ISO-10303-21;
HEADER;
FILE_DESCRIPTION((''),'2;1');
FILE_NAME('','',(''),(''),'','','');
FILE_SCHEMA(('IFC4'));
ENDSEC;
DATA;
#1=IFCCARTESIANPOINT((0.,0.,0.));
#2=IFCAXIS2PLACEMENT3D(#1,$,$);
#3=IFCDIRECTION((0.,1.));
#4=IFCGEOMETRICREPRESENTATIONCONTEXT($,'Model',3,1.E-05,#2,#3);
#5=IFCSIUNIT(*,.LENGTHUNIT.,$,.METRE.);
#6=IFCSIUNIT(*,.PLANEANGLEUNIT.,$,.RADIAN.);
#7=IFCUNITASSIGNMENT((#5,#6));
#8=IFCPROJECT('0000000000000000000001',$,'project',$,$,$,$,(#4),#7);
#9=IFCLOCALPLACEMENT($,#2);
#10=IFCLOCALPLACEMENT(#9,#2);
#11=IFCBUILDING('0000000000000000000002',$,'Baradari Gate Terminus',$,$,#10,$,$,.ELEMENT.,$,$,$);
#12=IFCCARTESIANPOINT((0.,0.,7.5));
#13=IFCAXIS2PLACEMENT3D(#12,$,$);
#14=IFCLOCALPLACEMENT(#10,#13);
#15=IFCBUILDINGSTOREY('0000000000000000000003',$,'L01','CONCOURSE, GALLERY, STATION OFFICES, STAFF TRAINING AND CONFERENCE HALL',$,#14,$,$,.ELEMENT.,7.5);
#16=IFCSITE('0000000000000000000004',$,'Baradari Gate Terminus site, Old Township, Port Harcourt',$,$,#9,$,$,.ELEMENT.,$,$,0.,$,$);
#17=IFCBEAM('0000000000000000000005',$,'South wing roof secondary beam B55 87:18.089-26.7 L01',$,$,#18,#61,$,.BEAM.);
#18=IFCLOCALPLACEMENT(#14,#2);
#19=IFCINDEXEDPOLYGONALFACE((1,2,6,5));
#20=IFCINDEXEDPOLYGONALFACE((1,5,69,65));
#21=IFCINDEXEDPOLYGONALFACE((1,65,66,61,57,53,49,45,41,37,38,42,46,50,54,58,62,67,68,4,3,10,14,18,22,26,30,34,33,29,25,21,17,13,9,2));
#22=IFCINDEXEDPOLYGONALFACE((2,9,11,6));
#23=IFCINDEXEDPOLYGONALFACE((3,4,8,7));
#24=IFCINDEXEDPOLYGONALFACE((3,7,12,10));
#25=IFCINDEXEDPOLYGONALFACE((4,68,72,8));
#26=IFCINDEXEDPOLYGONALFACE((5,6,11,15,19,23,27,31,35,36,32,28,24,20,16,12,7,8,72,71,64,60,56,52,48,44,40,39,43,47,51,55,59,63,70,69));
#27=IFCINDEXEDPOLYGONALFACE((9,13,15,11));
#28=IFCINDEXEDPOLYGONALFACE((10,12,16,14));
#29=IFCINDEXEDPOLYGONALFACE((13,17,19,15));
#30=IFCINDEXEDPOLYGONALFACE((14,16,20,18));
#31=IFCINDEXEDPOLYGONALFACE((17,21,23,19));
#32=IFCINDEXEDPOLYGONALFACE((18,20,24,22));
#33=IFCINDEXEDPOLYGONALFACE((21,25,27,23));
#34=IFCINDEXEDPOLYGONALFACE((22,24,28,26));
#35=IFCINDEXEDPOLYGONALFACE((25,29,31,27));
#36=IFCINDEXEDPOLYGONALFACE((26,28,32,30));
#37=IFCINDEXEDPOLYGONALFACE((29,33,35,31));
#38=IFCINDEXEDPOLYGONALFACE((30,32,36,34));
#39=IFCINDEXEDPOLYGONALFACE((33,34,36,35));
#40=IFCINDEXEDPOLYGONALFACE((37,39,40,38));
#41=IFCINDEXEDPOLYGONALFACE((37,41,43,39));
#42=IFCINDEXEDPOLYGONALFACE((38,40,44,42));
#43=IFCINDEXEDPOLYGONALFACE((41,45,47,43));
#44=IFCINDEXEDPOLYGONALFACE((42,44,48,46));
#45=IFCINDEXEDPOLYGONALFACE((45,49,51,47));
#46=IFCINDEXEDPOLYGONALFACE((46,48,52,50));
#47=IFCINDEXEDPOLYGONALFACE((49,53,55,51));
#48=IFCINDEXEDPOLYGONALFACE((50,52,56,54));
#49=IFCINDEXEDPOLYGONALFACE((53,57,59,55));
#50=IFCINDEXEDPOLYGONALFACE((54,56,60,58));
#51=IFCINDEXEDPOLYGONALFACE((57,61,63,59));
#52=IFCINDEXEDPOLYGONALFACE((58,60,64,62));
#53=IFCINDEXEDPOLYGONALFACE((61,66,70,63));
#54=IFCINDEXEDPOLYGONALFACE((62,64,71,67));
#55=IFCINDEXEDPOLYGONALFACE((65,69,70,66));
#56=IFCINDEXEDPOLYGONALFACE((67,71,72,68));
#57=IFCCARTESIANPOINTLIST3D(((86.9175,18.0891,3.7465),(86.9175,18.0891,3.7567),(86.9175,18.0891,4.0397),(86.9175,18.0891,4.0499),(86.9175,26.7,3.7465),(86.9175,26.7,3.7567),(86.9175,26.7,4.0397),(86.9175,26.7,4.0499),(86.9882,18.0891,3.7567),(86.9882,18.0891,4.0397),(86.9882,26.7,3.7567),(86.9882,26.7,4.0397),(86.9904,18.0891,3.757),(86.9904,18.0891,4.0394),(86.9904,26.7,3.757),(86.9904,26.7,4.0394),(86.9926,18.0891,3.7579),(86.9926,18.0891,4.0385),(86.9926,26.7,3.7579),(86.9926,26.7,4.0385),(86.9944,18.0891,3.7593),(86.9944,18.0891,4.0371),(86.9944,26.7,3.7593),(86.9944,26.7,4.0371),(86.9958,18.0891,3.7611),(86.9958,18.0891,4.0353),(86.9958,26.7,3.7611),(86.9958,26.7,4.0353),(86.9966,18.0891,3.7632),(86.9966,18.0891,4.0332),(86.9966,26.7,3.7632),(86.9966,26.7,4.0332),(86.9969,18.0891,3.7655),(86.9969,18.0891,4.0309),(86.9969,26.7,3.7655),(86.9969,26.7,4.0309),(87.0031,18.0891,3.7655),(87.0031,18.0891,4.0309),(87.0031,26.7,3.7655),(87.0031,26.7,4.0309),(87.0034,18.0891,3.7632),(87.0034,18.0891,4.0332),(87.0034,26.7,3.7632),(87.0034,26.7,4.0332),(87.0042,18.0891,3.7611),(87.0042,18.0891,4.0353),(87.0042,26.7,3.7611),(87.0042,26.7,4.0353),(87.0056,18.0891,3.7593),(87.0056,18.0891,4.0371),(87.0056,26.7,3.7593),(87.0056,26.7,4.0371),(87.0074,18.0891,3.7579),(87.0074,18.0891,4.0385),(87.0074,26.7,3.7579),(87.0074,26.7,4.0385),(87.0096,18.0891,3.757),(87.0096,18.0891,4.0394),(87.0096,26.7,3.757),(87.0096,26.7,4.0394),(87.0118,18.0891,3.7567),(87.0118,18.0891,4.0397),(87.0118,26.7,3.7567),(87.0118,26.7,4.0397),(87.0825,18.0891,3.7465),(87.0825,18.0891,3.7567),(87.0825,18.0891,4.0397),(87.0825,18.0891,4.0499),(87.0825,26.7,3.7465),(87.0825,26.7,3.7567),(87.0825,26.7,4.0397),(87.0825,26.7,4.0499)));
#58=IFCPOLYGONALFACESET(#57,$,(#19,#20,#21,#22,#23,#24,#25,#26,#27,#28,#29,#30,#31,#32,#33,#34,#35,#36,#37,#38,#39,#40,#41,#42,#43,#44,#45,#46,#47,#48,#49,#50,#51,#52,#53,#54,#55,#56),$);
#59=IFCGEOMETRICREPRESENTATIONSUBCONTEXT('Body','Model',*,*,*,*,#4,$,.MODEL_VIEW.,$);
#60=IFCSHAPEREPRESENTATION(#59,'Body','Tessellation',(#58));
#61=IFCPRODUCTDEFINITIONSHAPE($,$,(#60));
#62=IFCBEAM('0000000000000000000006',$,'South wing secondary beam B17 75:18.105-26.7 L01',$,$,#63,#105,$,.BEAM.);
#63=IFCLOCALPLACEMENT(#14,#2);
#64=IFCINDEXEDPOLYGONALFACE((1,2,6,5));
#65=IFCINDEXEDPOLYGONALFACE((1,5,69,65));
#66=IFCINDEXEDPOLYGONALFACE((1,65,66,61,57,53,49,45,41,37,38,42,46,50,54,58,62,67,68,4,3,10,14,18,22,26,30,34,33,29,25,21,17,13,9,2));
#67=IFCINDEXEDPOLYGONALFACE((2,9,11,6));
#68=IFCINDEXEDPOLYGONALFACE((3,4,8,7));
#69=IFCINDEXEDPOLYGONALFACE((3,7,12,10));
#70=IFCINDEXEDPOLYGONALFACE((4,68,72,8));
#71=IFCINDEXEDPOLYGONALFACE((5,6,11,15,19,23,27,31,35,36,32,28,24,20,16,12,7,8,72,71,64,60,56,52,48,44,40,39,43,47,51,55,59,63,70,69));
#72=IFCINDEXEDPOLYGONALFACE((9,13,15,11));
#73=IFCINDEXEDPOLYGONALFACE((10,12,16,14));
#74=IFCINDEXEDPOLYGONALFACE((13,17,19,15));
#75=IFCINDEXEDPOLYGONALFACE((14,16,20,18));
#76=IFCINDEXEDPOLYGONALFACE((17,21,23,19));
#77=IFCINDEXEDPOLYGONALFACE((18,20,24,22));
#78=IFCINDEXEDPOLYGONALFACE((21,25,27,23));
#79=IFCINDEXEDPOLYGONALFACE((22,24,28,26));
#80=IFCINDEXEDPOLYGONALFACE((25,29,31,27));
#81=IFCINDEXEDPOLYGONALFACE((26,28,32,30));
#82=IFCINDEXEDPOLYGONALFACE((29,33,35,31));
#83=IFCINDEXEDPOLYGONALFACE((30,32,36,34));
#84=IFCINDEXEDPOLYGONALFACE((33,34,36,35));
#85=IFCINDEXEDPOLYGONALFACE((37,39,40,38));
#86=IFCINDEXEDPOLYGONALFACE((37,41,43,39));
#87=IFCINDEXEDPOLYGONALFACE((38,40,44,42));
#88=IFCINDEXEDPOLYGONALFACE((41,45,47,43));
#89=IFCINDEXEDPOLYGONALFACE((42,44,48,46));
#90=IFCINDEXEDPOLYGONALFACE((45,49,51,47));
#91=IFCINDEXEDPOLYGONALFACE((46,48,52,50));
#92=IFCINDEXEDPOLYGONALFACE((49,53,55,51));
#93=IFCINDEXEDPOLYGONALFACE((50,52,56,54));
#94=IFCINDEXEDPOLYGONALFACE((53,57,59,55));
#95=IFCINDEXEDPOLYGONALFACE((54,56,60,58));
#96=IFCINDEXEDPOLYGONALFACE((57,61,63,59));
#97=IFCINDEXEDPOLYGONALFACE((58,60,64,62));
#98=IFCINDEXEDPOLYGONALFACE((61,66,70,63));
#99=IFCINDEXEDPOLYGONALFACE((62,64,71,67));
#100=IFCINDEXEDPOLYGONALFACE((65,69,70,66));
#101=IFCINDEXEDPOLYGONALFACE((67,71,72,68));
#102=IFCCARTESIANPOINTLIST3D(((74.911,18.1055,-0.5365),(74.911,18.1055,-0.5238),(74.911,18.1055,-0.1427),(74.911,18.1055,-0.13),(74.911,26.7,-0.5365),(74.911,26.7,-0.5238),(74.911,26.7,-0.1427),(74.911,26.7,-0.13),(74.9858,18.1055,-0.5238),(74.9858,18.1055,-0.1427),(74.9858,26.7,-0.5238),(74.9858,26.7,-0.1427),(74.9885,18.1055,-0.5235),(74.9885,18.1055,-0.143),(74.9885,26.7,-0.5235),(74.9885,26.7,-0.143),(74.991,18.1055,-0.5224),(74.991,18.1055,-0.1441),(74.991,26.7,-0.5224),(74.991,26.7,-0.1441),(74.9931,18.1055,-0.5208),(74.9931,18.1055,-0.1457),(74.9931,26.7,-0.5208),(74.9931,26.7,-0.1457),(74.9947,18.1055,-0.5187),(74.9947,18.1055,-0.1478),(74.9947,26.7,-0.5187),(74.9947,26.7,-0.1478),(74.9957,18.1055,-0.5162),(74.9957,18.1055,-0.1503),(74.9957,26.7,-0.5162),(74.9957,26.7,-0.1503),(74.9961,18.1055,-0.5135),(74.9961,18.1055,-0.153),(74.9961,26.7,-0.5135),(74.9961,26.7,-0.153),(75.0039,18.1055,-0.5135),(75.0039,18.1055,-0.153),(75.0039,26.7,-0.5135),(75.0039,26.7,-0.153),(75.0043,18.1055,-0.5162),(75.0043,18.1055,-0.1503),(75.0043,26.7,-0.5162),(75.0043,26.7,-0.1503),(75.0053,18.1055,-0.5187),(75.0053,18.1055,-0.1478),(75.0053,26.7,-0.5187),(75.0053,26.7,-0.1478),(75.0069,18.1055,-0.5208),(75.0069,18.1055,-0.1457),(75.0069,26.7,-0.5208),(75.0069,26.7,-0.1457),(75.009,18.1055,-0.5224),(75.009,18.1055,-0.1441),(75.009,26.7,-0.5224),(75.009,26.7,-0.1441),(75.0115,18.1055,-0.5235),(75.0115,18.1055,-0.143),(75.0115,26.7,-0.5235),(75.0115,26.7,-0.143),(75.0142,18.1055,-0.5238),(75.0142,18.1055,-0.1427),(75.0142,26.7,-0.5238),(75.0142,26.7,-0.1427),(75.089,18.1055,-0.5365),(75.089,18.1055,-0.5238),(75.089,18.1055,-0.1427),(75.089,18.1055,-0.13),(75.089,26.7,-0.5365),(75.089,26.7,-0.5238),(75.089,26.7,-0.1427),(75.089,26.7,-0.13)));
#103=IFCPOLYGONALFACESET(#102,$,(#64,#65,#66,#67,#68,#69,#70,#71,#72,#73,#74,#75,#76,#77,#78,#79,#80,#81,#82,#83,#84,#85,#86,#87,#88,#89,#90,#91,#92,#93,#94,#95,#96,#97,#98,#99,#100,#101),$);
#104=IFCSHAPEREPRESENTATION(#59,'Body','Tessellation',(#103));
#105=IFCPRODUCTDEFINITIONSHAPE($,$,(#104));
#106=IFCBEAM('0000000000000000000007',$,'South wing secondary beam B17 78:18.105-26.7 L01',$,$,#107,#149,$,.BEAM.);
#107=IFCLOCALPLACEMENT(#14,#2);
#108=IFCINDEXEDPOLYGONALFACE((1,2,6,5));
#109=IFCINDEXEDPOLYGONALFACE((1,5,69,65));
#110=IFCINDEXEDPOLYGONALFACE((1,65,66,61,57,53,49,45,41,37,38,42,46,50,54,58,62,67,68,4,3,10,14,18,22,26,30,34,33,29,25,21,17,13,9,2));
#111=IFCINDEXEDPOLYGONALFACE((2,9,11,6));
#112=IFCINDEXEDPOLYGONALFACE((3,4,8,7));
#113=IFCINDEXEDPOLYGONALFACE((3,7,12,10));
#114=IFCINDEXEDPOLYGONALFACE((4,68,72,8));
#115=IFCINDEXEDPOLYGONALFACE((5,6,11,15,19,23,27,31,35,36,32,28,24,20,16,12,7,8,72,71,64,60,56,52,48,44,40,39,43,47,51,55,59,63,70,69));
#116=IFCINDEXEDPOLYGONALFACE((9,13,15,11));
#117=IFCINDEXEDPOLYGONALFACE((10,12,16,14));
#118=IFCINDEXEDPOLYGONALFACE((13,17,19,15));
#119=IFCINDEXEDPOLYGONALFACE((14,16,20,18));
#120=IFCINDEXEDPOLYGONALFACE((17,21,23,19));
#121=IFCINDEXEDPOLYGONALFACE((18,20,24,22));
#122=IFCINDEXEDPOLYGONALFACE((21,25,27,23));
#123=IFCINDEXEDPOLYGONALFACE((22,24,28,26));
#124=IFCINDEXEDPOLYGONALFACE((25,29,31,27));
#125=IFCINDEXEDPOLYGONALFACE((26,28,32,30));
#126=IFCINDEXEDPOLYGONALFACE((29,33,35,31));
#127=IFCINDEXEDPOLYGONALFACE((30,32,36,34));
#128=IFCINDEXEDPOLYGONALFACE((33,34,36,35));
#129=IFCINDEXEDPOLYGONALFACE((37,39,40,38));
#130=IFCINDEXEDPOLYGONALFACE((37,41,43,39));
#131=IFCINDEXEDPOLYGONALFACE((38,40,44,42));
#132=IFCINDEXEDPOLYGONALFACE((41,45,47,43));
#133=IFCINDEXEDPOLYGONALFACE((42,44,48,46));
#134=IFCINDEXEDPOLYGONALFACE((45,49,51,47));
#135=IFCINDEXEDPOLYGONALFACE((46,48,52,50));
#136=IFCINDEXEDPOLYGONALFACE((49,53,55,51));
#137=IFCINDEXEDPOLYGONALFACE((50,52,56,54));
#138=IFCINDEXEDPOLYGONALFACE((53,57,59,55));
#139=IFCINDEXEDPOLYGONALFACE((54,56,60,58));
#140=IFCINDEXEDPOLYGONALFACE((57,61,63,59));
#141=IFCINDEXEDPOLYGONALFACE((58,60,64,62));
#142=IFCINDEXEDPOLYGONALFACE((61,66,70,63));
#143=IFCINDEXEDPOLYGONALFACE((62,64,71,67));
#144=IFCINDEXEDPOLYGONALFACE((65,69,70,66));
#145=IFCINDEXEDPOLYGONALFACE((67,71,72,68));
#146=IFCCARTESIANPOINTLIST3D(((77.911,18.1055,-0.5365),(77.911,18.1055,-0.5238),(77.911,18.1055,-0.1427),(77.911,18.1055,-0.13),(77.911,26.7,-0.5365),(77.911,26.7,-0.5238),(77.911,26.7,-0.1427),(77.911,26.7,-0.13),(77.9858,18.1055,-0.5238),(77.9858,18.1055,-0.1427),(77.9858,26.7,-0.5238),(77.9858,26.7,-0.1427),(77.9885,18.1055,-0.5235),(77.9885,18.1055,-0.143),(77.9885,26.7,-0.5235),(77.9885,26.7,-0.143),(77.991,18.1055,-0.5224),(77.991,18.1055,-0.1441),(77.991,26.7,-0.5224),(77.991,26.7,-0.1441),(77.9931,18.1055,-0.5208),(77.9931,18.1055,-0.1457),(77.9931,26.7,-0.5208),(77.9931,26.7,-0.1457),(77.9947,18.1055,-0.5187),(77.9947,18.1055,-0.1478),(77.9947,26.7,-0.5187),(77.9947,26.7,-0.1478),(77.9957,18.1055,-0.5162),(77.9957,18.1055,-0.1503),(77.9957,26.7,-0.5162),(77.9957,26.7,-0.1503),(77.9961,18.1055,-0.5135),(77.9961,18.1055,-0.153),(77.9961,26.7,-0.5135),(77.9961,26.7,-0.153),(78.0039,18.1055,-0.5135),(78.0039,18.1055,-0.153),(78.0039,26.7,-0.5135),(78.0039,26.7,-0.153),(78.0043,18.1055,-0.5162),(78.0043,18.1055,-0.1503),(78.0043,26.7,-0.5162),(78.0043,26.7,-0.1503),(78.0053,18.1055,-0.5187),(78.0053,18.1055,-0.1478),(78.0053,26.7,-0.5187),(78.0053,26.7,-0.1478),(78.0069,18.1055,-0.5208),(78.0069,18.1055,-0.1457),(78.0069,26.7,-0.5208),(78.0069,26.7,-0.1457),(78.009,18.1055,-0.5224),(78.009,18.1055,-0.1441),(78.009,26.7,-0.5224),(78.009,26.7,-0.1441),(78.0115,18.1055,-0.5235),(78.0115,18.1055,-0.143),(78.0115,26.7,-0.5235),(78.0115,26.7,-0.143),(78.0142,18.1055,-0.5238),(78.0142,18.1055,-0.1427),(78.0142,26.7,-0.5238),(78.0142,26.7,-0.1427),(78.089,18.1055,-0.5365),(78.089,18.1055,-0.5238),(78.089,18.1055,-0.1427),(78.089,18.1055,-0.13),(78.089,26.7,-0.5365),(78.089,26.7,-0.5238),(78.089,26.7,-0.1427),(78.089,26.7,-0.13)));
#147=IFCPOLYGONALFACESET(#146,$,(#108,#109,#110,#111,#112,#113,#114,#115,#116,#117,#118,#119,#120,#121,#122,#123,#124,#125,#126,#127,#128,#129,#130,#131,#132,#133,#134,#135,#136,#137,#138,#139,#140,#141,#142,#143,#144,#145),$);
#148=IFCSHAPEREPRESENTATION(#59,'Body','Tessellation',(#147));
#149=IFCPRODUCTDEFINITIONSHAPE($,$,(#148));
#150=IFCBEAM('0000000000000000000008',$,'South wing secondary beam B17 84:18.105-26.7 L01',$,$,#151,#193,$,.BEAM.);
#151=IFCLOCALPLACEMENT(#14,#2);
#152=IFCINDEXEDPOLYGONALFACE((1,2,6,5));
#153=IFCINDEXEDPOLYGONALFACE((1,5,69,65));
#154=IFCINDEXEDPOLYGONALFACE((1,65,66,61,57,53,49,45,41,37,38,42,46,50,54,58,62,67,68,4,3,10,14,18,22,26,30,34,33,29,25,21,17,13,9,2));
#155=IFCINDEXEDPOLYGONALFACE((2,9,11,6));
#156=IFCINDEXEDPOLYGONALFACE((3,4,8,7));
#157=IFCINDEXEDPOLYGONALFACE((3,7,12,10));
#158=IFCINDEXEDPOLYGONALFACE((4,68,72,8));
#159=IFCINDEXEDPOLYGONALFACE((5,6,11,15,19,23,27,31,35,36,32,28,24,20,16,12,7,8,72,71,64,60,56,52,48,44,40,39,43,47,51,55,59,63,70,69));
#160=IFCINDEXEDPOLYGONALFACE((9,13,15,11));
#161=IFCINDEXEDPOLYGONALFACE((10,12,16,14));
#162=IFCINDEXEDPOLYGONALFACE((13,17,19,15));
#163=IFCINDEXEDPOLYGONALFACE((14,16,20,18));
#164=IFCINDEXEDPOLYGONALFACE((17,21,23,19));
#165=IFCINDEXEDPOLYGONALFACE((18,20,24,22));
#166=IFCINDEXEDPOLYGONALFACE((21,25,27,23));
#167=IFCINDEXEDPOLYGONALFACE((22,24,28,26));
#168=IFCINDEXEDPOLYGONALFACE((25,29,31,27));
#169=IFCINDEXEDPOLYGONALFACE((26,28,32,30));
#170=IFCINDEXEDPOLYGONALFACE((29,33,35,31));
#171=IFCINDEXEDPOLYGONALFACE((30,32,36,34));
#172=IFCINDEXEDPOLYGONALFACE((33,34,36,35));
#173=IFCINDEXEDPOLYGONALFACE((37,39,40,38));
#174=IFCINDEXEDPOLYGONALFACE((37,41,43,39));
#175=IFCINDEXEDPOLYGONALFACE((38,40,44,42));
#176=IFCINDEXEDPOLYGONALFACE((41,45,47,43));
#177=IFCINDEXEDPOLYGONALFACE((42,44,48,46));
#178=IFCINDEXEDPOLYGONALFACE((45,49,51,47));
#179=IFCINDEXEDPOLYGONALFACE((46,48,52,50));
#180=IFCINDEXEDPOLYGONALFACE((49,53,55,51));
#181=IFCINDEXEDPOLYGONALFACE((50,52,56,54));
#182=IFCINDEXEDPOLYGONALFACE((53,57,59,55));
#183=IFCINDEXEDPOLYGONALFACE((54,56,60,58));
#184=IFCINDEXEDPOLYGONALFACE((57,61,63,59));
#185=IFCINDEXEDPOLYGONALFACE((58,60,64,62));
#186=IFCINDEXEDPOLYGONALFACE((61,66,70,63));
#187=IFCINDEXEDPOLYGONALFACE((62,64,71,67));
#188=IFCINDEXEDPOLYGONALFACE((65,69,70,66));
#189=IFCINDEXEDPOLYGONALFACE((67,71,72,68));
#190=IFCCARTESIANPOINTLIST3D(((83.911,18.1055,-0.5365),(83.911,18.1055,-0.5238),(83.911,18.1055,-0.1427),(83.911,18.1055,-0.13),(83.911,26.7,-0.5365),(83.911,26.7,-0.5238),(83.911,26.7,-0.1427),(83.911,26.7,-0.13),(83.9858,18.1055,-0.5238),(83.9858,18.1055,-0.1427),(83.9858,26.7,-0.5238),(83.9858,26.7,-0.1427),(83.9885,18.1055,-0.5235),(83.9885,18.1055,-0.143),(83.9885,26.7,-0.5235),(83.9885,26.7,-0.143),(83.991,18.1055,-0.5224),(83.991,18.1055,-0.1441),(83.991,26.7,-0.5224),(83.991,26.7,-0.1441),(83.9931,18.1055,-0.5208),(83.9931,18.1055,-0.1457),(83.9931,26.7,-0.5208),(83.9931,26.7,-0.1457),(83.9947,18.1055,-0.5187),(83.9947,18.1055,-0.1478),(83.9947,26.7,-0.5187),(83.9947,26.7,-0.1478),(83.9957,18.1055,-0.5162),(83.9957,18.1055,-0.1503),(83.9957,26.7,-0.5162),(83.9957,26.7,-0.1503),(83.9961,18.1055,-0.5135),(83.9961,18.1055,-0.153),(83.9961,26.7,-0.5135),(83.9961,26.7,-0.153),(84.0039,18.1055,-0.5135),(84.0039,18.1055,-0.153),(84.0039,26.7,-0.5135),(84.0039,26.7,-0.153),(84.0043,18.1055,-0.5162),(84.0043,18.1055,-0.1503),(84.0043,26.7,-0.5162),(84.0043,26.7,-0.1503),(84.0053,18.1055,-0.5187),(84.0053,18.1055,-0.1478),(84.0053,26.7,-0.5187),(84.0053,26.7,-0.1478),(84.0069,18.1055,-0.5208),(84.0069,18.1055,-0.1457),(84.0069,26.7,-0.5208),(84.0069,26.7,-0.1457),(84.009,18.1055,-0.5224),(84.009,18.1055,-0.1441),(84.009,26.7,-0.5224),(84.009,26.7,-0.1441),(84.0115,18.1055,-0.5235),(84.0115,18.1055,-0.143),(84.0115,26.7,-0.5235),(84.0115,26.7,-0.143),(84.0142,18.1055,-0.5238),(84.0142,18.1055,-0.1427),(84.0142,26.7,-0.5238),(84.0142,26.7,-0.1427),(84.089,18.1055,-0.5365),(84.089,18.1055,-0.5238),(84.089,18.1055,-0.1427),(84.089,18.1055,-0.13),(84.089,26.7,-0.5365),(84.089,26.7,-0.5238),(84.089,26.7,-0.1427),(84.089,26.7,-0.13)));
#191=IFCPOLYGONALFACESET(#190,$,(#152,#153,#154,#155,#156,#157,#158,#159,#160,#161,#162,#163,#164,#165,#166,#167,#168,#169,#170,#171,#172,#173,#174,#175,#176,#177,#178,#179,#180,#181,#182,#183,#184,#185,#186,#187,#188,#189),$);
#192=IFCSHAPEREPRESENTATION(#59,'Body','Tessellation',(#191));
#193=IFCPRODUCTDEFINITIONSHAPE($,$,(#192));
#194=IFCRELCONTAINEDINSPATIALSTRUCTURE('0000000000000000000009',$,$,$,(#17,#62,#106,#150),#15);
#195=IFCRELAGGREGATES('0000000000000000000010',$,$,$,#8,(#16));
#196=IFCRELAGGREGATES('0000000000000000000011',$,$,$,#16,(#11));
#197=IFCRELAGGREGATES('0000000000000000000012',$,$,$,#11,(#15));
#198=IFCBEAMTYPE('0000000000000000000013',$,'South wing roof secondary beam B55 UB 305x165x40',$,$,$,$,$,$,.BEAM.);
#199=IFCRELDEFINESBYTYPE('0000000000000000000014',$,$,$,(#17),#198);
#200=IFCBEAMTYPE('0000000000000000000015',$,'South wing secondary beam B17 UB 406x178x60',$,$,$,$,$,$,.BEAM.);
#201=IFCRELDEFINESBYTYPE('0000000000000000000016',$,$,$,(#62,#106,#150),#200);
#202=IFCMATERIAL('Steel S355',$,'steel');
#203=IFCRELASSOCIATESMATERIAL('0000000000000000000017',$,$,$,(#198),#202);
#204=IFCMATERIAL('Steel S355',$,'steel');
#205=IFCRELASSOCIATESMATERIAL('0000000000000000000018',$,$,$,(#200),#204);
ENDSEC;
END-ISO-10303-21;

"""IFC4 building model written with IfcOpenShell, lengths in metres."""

from ifc_helpers import new_model, si_unit, direction, frame, origin, origin_2d, place, context, subcontext, project, spatial, i_section, extrude, material, material_profile, profile_set, type_object, element, save


model = new_model("IFC4")

# Units and contexts
model_context = context("Model", 3, precision=1e-05, world=origin(), true_north=direction((0.0, 1.0)))
body_context = subcontext(model_context, "Body", "Model", "MODEL_VIEW")
ifc_project = project(units=[si_unit("LENGTHUNIT", "METRE"), si_unit("PLANEANGLEUNIT", "RADIAN")], contexts=[model_context])

# Site, building, storey
site_placement = place(None, origin())
site = spatial("IfcSite", under=ifc_project, at=site_placement, Name="Baradari Gate Terminus site, Old Township, Port Harcourt", CompositionType="ELEMENT", RefElevation=0.0)
building_placement = place(site_placement, origin())
building = spatial("IfcBuilding", under=site, at=building_placement, Name="Baradari Gate Terminus", CompositionType="ELEMENT")
storey_placement = place(building_placement, frame((0.0, 0.0, 7.5)))
storey = spatial("IfcBuildingStorey", under=building, at=storey_placement, Name="L01", Description="CONCOURSE, GALLERY, STATION OFFICES, STAFF TRAINING AND CONFERENCE HALL", CompositionType="ELEMENT", Elevation=7.5)

# Beams
ifc_material_1 = material(Name="Steel S355", Category="steel")
ifc_material_profile_1 = material_profile(ifc_material_1, i_section(OverallWidth=0.165, OverallDepth=0.3035, WebThickness=0.0061, FlangeThickness=0.0103, FilletRadius=0.0088, at=origin_2d()), Name="UB 305x165x40")
ifc_profile_set_1 = profile_set([ifc_material_profile_1], Name="Steel S355")
beam_type_1 = type_object("IfcBeamType", Name="South wing roof secondary beam B55 UB 305x165x40", PredefinedType="BEAM", material=ifc_profile_set_1)
beam_1_placement = place(storey_placement, frame((87.0, 18.0891, 3.8982), z_axis=(0.0, 1.0, 0.0), x_axis=(-1.0, 0.0, 0.0)))
element("IfcBeam", 1, at=beam_1_placement, inside=storey, type_object=beam_type_1, Name="South wing roof secondary beam B55 87:18.089-26.7 L01", PredefinedType="BEAM", context=body_context, shape_type="SweptSolid", body=[
    extrude(i_section(OverallWidth=0.165, OverallDepth=0.3035, WebThickness=0.0061, FlangeThickness=0.0103, FilletRadius=0.0088, at=origin_2d()), origin(), (0.0, 0.0, 1.0), 8.6108),
])
ifc_material_2 = material(Name="Steel S355", Category="steel")
ifc_material_profile_2 = material_profile(ifc_material_2, i_section(OverallWidth=0.178, OverallDepth=0.4065, WebThickness=0.0078, FlangeThickness=0.0127, FilletRadius=0.0103, at=origin_2d()), Name="UB 406x178x60")
ifc_profile_set_2 = profile_set([ifc_material_profile_2], Name="Steel S355")
beam_type_2 = type_object("IfcBeamType", Name="South wing secondary beam B17 UB 406x178x60", PredefinedType="BEAM", material=ifc_profile_set_2)
for number, where, z_axis, x_axis, name in (
    (2, (75.0, 18.1055, -0.3333), (0.0, 1.0, 0.0), (-1.0, 0.0, 0.0), "South wing secondary beam B17 75:18.105-26.7 L01"),
    (3, (78.0, 18.1055, -0.3333), (0.0, 1.0, 0.0), (-1.0, 0.0, 0.0), "South wing secondary beam B17 78:18.105-26.7 L01"),
    (4, (84.0, 18.1055, -0.3333), (0.0, 1.0, 0.0), (-1.0, 0.0, 0.0), "South wing secondary beam B17 84:18.105-26.7 L01"),
):
    element("IfcBeam", number, at=place(storey_placement, frame(where, z_axis=z_axis, x_axis=x_axis)), inside=storey, type_object=beam_type_2, Name=name, PredefinedType="BEAM", context=body_context, shape_type="SweptSolid", body=[
        extrude(i_section(OverallWidth=0.178, OverallDepth=0.4065, WebThickness=0.0078, FlangeThickness=0.0127, FilletRadius=0.0103, at=origin_2d()), origin(), (0.0, 0.0, 1.0), 8.5945),
    ])

save(model, "model.ifc")
